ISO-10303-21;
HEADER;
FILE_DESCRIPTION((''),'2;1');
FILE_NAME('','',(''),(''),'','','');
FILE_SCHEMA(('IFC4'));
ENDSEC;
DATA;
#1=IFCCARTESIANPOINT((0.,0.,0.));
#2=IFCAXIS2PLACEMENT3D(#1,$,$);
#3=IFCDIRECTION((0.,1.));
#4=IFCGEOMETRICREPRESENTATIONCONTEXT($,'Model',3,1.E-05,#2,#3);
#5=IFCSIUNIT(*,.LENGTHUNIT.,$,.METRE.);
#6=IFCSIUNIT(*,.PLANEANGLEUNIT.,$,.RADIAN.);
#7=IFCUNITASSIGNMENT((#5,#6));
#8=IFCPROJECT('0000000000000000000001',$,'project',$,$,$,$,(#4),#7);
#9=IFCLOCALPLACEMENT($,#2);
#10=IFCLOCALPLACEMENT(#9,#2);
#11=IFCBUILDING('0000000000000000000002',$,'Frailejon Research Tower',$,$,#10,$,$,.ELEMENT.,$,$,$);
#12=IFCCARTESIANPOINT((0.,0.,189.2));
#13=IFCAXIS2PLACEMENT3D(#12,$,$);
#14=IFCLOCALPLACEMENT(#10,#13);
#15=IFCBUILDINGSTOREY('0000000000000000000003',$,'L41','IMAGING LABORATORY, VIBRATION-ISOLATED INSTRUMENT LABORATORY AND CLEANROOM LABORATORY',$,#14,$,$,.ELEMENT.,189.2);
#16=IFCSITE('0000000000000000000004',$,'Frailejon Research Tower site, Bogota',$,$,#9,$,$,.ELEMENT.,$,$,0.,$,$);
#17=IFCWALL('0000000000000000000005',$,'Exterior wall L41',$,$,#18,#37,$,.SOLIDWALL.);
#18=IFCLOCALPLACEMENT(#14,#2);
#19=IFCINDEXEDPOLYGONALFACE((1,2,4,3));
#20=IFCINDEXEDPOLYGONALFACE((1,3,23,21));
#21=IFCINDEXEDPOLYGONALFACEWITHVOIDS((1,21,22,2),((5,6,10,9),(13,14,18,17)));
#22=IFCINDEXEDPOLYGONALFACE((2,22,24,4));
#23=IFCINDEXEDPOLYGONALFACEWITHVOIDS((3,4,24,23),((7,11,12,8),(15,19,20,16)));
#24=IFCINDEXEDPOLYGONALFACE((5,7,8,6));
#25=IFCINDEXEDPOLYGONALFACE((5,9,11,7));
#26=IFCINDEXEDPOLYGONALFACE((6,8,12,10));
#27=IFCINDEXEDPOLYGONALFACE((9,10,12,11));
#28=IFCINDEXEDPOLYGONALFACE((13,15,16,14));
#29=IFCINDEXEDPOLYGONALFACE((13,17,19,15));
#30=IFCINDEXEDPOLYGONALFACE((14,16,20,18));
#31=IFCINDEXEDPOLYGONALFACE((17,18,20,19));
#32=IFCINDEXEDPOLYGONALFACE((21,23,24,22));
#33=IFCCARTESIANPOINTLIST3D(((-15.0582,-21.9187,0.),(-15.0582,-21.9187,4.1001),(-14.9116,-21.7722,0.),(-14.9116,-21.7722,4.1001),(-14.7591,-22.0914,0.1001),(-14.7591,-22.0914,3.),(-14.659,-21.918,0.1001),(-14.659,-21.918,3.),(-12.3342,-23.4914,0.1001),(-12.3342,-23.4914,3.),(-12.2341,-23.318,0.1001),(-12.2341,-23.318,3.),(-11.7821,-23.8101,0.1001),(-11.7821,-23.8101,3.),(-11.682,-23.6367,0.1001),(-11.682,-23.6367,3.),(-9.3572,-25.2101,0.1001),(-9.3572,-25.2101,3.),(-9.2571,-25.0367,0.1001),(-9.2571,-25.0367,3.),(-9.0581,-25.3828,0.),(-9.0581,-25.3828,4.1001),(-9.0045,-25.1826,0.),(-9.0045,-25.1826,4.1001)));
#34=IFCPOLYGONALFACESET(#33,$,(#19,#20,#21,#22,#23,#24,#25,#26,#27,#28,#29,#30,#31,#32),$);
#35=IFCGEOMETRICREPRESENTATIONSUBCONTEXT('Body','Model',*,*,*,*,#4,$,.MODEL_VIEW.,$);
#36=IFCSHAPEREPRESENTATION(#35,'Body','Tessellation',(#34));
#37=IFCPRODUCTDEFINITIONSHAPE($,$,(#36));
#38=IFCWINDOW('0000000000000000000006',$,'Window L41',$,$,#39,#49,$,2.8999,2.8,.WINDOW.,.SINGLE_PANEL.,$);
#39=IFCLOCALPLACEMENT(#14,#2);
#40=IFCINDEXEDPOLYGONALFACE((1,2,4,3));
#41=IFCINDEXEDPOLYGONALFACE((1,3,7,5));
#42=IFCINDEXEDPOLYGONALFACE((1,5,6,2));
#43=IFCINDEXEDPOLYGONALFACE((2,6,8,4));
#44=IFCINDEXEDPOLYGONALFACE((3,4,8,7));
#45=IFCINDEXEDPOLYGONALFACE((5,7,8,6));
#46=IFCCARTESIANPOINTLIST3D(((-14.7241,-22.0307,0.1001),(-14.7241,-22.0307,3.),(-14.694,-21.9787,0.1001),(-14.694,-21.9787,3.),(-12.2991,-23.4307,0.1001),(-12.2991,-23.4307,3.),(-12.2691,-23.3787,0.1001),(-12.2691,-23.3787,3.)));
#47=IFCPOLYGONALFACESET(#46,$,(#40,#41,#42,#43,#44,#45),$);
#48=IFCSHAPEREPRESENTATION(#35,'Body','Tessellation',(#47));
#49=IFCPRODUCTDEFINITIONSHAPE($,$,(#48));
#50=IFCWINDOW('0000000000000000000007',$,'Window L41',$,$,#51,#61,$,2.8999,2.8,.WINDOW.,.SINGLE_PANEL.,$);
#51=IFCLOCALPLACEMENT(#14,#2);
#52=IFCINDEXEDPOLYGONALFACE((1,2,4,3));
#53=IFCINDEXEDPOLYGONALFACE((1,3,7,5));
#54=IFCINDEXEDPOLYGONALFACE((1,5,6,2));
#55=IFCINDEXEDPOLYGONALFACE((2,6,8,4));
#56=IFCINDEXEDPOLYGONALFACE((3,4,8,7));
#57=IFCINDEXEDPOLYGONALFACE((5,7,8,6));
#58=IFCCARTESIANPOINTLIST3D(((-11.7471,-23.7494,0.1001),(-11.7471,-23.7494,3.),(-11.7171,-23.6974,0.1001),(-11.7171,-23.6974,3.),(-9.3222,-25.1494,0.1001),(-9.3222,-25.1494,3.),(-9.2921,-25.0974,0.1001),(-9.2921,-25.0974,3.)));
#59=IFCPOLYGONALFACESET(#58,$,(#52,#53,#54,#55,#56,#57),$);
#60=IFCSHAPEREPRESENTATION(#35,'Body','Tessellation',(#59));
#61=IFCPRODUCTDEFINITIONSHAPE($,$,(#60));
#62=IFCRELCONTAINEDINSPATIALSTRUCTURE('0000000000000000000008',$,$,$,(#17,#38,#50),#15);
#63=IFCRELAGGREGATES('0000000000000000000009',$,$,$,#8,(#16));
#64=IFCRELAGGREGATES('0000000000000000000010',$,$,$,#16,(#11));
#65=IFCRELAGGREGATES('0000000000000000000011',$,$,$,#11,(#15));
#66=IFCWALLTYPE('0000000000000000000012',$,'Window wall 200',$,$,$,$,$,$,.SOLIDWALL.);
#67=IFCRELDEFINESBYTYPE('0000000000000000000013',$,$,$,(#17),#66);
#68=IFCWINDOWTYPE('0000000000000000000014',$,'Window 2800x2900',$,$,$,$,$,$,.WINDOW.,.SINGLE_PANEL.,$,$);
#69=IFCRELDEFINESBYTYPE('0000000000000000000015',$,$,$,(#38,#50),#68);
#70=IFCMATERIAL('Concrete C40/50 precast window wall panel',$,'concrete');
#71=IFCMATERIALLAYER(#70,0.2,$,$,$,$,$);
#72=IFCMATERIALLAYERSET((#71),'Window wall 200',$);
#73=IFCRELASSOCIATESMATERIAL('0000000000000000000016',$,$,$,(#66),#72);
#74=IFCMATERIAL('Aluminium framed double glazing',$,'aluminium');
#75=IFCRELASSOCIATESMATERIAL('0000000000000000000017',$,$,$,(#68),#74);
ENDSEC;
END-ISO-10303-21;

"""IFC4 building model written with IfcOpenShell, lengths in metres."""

from ifc_helpers import new_model, si_unit, direction, frame, frame_2d, origin, place, context, subcontext, project, spatial, polyline, rectangle, outline, extrude, material, layer, layer_set, type_object, element, fill, save


model = new_model("IFC4")

# Units and contexts
model_context = context("Model", 3, precision=1e-05, world=origin(), true_north=direction((0.0, 1.0)))
body_context = subcontext(model_context, "Body", "Model", "MODEL_VIEW")
ifc_project = project(units=[si_unit("LENGTHUNIT", "METRE"), si_unit("PLANEANGLEUNIT", "RADIAN")], contexts=[model_context])

# Site, building, storey
site_placement = place(None, origin())
site = spatial("IfcSite", under=ifc_project, at=site_placement, Name="Frailejon Research Tower site, Bogota", CompositionType="ELEMENT", RefElevation=0.0)
building_placement = place(site_placement, origin())
building = spatial("IfcBuilding", under=site, at=building_placement, Name="Frailejon Research Tower", CompositionType="ELEMENT")
storey_placement = place(building_placement, frame((0.0, 0.0, 189.2)))
storey = spatial("IfcBuildingStorey", under=building, at=storey_placement, Name="L41", Description="IMAGING LABORATORY, VIBRATION-ISOLATED INSTRUMENT LABORATORY AND CLEANROOM LABORATORY", CompositionType="ELEMENT", Elevation=189.2)

# Wall, openings, windows
ifc_material_1 = material(Name="Concrete C40/50 precast window wall panel", Category="concrete")
ifc_layer_1 = layer(ifc_material_1, 0.2)
ifc_layer_set_1 = layer_set([ifc_layer_1], Name="Window wall 200")
wall_type_1 = type_object("IfcWallType", Name="Window wall 200", PredefinedType="SOLIDWALL", material=ifc_layer_set_1)
wall_1_placement = place(storey_placement, frame((-14.9849, -21.8455, 0.0), z_axis=(0.0, 0.0, 1.0), x_axis=(0.866029, -0.499993, 0.0)))
wall_1 = element("IfcWall", 1, at=wall_1_placement, inside=storey, type_object=wall_type_1, Name="Exterior wall L41", PredefinedType="SOLIDWALL", context=body_context, shape_type="SweptSolid", body=[
    extrude(outline(polyline([(-0.0269, -0.1001), (1.1279, -0.1001), (2.2825, -0.1001), (3.4373, -0.1001), (4.592, -0.1001), (5.7466, -0.1001), (6.9014, -0.1001), (6.8477, 0.1001), (5.7109, 0.1001), (4.574, 0.1001), (3.4373, 0.1001), (2.3005, 0.1001), (1.1636, 0.1001), (0.0269, 0.1001), (-0.0269, -0.1001)])), origin(), (0.0, 0.0, 1.0), 4.1001),
])
opening_1_placement = place(wall_1_placement, frame((0.3186, 0.0, 0.1001)))
opening_1 = element("IfcOpeningElement", 2, at=opening_1_placement, cuts=wall_1, PredefinedType="OPENING", context=body_context, shape_type="SweptSolid", body=[
    extrude(rectangle(XDim=2.8, YDim=2.8999, at=frame_2d((1.3999, 1.45))), frame((0.0, 0.1099, 0.0), z_axis=(0.0, -1.0, 0.0), x_axis=(1.0, 0.0, 0.0)), (0.0, 0.0, 1.0), 0.22),
])
opening_2_placement = place(wall_1_placement, frame((3.7561, 0.0, 0.1001)))
opening_2 = element("IfcOpeningElement", 3, at=opening_2_placement, cuts=wall_1, PredefinedType="OPENING", context=body_context, shape_type="SweptSolid", body=[
    extrude(rectangle(XDim=2.8, YDim=2.8999, at=frame_2d((1.3999, 1.45))), frame((0.0, 0.1099, 0.0), z_axis=(0.0, -1.0, 0.0), x_axis=(1.0, 0.0, 0.0)), (0.0, 0.0, 1.0), 0.22),
])
ifc_material_2 = material(Name="Aluminium framed double glazing", Category="aluminium")
window_type = type_object("IfcWindowType", Name="Window 2800x2900", PartitioningType="SINGLE_PANEL", PredefinedType="WINDOW", material=ifc_material_2)
window_1_placement = place(opening_1_placement, origin())
window_1 = element("IfcWindow", 4, at=window_1_placement, inside=storey, type_object=window_type, Name="Window L41", OverallHeight=2.8999, OverallWidth=2.8, PartitioningType="SINGLE_PANEL", PredefinedType="WINDOW", context=body_context, shape_type="SweptSolid", body=[
    extrude(rectangle(XDim=2.8, YDim=2.8999, at=frame_2d((1.3999, 1.45))), frame((0.0, 0.03, 0.0), z_axis=(0.0, -1.0, 0.0), x_axis=(1.0, 0.0, 0.0)), (0.0, 0.0, 1.0), 0.0601),
])
fill(opening_1, window_1)
window_2_placement = place(opening_2_placement, origin())
window_2 = element("IfcWindow", 5, at=window_2_placement, inside=storey, type_object=window_type, Name="Window L41", OverallHeight=2.8999, OverallWidth=2.8, PartitioningType="SINGLE_PANEL", PredefinedType="WINDOW", context=body_context, shape_type="SweptSolid", body=[
    extrude(rectangle(XDim=2.8, YDim=2.8999, at=frame_2d((1.3999, 1.45))), frame((0.0, 0.03, 0.0), z_axis=(0.0, -1.0, 0.0), x_axis=(1.0, 0.0, 0.0)), (0.0, 0.0, 1.0), 0.0601),
])
fill(opening_2, window_2)

save(model, "model.ifc")
